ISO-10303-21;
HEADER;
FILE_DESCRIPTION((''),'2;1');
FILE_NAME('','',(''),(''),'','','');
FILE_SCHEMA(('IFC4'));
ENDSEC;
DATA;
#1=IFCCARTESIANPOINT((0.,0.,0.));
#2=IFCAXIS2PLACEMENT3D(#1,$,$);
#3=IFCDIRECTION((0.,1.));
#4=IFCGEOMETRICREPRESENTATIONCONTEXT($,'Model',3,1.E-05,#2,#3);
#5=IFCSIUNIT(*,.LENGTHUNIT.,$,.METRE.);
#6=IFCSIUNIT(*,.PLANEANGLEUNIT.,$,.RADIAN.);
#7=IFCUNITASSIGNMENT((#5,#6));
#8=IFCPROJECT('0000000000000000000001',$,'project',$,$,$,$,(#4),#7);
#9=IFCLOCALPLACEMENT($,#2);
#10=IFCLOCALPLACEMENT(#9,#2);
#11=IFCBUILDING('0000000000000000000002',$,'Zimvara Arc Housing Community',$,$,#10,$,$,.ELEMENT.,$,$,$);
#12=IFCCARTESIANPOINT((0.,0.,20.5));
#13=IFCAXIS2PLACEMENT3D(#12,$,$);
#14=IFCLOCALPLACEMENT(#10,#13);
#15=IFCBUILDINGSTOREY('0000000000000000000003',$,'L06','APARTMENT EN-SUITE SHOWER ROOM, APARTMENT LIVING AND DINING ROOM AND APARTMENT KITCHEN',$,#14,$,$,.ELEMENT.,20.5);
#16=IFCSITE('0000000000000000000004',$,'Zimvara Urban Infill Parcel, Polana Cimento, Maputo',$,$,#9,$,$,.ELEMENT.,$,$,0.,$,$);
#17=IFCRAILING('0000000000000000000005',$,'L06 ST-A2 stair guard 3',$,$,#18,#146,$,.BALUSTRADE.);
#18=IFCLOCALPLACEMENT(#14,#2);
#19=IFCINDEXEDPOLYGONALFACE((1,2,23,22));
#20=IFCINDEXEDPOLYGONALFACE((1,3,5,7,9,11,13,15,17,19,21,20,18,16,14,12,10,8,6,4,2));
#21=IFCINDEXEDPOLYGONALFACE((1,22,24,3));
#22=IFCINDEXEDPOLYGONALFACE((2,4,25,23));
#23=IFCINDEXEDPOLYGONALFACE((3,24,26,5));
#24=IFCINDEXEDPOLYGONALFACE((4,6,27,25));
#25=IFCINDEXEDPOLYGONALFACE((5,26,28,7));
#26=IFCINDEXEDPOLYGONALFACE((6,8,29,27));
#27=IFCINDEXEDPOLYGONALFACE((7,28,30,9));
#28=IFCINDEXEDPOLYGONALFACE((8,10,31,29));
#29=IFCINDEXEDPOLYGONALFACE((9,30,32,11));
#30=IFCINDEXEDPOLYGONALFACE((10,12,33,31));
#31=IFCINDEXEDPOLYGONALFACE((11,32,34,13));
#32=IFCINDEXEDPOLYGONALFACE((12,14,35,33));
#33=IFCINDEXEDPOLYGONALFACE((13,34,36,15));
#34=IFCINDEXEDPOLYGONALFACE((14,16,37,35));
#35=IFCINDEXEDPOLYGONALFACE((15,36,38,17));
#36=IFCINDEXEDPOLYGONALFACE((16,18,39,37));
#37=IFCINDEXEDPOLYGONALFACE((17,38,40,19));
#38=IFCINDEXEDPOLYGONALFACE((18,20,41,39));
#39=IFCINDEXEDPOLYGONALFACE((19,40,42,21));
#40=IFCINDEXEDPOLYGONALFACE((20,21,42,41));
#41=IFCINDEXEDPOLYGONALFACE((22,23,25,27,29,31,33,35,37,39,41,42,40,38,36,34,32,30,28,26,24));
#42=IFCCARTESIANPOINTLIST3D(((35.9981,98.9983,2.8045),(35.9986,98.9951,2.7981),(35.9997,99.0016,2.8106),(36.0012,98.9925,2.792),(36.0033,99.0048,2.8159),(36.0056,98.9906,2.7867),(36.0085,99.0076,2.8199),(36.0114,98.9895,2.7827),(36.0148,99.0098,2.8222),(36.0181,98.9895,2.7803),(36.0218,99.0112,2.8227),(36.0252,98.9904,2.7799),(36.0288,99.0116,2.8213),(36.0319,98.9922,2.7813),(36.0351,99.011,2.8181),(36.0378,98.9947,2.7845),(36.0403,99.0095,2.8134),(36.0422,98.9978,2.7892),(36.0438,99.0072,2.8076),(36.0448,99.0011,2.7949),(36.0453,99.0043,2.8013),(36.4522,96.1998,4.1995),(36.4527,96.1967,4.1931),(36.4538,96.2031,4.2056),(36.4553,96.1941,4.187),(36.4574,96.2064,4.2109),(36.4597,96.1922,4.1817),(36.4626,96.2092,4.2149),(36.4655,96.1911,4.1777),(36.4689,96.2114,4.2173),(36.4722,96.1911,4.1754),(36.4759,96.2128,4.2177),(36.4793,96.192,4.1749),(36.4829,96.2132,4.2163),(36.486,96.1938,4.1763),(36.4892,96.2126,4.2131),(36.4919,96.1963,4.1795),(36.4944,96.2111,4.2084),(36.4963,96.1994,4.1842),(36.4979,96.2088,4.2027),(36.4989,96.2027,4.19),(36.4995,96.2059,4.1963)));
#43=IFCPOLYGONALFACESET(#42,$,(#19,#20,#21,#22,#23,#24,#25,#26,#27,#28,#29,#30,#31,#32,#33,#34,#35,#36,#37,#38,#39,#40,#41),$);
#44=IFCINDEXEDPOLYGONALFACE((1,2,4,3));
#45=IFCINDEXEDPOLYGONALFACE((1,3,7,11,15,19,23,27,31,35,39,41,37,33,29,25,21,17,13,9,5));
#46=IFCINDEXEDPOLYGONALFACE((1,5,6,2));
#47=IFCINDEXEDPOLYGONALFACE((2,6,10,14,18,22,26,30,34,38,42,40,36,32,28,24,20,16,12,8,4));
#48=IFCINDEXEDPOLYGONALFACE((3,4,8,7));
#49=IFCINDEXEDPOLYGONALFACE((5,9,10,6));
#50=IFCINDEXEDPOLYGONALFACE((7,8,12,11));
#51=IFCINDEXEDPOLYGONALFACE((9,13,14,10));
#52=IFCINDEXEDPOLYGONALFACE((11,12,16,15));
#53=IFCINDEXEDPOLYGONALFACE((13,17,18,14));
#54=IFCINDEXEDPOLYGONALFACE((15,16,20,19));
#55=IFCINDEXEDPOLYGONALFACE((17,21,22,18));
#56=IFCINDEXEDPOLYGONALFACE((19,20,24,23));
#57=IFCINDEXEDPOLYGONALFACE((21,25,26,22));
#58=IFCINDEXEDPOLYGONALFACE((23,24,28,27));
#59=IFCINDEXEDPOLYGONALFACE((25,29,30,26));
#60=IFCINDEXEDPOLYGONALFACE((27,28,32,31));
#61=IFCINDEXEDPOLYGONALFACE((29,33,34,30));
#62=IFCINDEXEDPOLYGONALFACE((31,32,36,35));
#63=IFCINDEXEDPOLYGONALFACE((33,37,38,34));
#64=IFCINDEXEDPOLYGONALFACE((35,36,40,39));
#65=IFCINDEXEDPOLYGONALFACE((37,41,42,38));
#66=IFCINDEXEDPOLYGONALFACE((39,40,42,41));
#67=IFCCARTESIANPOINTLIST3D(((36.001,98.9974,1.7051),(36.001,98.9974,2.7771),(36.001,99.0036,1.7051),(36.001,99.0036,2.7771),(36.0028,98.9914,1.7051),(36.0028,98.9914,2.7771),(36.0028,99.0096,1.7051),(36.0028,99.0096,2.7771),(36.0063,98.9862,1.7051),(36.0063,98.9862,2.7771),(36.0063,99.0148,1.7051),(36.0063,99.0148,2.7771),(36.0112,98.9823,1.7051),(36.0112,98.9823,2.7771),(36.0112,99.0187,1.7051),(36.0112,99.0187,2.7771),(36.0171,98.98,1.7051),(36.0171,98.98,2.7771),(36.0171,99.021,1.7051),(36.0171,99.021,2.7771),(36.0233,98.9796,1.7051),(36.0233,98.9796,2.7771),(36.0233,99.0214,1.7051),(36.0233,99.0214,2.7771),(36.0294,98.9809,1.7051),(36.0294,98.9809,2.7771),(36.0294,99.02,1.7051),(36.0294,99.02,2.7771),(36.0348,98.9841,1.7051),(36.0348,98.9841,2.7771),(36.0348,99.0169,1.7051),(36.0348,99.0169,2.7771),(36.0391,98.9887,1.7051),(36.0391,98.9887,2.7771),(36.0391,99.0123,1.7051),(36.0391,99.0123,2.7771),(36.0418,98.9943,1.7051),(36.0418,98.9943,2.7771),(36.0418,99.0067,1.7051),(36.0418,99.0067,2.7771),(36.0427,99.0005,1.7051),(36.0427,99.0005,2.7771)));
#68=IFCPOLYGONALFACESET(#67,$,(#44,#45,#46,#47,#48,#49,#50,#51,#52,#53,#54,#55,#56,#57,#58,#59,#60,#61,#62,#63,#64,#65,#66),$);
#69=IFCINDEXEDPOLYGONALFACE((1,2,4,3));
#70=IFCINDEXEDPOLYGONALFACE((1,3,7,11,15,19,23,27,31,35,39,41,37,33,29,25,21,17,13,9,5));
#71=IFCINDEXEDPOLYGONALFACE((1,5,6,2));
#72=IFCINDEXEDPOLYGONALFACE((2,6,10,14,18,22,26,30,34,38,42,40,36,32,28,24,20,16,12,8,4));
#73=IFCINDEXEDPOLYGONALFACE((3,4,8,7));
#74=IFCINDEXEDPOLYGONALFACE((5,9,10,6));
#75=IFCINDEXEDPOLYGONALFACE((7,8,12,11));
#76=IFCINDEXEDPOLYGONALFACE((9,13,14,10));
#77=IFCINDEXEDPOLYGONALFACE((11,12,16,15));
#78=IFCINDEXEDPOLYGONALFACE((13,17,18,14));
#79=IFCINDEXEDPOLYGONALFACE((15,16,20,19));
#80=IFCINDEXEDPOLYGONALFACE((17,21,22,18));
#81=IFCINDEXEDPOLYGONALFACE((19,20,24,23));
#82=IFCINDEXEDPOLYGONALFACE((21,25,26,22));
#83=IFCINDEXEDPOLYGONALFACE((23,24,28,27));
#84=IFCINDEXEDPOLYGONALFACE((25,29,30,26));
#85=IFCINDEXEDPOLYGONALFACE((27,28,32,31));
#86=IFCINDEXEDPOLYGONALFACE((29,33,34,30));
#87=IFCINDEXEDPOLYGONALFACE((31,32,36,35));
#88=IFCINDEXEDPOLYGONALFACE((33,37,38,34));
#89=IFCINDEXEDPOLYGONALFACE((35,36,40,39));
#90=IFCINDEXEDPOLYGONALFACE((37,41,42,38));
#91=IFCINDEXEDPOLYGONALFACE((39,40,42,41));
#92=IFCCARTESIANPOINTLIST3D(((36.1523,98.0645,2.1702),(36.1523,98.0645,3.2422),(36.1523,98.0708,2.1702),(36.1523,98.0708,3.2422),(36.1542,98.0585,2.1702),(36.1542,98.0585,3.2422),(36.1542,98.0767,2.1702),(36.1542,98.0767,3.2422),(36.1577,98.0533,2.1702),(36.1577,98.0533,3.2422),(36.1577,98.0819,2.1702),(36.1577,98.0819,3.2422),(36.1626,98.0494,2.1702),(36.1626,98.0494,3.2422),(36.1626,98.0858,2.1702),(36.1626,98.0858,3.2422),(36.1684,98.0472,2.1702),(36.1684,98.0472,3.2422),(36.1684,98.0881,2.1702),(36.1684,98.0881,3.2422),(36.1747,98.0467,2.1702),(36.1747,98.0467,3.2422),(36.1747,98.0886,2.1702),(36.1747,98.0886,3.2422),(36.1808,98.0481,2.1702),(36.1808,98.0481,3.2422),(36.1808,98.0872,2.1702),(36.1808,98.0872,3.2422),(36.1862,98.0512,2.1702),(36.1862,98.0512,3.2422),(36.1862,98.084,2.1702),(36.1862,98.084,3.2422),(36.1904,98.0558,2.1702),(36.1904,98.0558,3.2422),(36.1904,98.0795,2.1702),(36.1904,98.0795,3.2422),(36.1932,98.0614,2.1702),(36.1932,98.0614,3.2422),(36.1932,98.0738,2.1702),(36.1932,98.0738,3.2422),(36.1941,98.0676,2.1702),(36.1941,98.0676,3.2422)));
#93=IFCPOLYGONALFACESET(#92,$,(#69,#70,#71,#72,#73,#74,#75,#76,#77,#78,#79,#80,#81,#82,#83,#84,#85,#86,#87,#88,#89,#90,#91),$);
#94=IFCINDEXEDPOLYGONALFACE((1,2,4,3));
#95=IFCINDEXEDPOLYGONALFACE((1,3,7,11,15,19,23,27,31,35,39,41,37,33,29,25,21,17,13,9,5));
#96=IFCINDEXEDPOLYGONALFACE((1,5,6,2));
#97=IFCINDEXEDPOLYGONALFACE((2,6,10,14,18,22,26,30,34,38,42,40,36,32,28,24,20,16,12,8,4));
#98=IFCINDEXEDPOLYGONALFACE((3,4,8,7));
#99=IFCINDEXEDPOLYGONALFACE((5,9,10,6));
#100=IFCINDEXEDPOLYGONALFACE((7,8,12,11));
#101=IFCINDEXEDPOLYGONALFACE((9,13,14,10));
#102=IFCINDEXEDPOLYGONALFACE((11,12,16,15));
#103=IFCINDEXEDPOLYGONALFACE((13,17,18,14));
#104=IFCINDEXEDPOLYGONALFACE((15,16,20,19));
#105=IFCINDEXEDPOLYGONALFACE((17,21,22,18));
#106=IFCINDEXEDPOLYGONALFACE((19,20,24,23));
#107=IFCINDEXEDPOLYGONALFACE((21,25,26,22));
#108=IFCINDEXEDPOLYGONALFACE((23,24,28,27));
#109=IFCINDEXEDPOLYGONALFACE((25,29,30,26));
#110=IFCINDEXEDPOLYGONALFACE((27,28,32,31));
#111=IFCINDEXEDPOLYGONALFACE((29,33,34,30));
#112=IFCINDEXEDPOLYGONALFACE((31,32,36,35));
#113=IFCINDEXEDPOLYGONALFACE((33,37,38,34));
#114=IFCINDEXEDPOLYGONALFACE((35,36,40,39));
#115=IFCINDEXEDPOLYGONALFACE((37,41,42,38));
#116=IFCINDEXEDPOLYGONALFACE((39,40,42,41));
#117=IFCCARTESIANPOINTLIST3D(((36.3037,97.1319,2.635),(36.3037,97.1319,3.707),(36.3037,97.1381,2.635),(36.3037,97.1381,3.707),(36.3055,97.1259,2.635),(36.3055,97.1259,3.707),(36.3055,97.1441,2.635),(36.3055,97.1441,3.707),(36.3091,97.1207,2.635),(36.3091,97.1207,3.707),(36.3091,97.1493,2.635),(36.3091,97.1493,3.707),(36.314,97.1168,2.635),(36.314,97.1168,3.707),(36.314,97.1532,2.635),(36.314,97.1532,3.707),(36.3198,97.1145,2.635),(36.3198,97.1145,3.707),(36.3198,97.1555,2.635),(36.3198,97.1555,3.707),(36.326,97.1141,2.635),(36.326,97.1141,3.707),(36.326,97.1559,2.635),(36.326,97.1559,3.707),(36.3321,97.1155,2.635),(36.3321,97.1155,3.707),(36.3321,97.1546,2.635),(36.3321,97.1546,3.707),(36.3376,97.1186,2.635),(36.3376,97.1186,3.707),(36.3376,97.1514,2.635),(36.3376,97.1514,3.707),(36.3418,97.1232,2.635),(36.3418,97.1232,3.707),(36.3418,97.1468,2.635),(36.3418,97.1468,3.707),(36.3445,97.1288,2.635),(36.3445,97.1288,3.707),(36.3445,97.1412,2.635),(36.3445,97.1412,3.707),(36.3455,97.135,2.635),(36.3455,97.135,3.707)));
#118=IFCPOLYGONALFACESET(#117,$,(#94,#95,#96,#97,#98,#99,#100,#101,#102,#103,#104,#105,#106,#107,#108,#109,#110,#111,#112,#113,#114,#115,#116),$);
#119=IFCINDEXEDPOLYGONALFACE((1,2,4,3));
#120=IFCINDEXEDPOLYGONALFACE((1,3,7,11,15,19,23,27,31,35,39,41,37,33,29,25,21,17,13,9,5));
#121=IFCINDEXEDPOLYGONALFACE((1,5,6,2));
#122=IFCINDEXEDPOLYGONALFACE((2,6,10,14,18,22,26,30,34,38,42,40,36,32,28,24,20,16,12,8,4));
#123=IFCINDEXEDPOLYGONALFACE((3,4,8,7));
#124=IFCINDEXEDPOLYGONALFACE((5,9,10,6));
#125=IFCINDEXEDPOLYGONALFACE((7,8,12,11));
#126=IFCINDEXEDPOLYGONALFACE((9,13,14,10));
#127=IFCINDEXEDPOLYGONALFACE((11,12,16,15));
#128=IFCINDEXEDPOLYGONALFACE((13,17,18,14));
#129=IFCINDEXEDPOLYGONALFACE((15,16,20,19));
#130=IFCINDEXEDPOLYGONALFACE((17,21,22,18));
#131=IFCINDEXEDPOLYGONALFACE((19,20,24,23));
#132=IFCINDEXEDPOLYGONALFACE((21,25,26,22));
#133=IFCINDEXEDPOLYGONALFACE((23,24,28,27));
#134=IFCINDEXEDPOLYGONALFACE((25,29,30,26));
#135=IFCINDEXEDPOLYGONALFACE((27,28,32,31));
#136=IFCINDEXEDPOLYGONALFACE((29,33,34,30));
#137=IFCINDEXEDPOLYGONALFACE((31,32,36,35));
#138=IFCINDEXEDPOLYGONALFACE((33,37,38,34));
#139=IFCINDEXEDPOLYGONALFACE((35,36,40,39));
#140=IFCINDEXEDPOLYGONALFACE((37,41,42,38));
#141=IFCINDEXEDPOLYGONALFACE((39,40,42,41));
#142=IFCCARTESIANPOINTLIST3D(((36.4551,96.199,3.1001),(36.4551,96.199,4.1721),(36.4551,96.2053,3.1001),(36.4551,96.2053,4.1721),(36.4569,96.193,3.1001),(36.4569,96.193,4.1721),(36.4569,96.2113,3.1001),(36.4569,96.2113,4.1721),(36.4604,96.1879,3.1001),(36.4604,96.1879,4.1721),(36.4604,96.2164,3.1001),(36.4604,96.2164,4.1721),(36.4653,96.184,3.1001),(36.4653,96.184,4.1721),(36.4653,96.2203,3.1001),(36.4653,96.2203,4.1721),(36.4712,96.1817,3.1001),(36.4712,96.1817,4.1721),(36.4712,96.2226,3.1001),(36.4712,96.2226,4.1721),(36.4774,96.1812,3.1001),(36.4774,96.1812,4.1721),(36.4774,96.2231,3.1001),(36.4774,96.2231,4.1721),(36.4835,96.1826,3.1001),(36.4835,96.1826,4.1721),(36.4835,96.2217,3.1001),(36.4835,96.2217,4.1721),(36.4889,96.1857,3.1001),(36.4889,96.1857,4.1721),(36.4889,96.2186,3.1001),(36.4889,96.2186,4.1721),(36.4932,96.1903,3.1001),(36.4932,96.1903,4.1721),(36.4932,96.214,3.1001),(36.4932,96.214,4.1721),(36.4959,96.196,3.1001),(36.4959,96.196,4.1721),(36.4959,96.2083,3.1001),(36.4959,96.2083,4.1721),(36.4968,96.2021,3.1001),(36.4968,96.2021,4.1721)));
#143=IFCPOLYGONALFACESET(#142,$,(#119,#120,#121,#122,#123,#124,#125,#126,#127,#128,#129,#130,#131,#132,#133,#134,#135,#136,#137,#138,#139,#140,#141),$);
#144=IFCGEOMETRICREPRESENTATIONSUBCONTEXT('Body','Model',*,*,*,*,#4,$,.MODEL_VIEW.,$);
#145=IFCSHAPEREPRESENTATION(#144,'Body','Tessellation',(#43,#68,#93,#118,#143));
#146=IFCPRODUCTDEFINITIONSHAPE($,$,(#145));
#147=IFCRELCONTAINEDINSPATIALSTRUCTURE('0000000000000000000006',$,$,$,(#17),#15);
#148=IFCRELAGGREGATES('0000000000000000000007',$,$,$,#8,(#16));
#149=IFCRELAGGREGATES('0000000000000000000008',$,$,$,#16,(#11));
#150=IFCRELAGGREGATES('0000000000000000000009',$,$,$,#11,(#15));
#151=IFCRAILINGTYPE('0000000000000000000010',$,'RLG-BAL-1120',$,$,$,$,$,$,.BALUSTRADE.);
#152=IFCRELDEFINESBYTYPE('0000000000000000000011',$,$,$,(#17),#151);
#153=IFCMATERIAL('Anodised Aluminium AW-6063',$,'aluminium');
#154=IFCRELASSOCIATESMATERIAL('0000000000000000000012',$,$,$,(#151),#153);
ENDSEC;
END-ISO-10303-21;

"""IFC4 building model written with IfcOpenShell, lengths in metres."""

from ifc_helpers import new_model, si_unit, direction, frame, origin, origin_2d, place, context, subcontext, project, spatial, circle, extrude, material, type_object, element, save


model = new_model("IFC4")

# Units and contexts
model_context = context("Model", 3, precision=1e-05, world=origin(), true_north=direction((0.0, 1.0)))
body_context = subcontext(model_context, "Body", "Model", "MODEL_VIEW")
ifc_project = project(units=[si_unit("LENGTHUNIT", "METRE"), si_unit("PLANEANGLEUNIT", "RADIAN")], contexts=[model_context])

# Site, building, storey
site_placement = place(None, origin())
site = spatial("IfcSite", under=ifc_project, at=site_placement, Name="Zimvara Urban Infill Parcel, Polana Cimento, Maputo", CompositionType="ELEMENT", RefElevation=0.0)
building_placement = place(site_placement, origin())
building = spatial("IfcBuilding", under=site, at=building_placement, Name="Zimvara Arc Housing Community", CompositionType="ELEMENT")
storey_placement = place(building_placement, frame((0.0, 0.0, 20.5)))
storey = spatial("IfcBuildingStorey", under=building, at=storey_placement, Name="L06", Description="APARTMENT EN-SUITE SHOWER ROOM, APARTMENT LIVING AND DINING ROOM AND APARTMENT KITCHEN", CompositionType="ELEMENT", Elevation=20.5)

# Railing
ifc_material_1 = material(Name="Anodised Aluminium AW-6063", Category="aluminium")
railing_type = type_object("IfcRailingType", Name="RLG-BAL-1120", PredefinedType="BALUSTRADE", material=ifc_material_1)
railing_1_placement = place(storey_placement, frame((36.0217, 99.0005, 1.7051)))
element("IfcRailing", 1, at=railing_1_placement, inside=storey, type_object=railing_type, Name="L06 ST-A2 stair guard 3", PredefinedType="BALUSTRADE", context=body_context, shape_type="SweptSolid", body=[
    extrude(circle(Radius=0.0239, at=origin_2d()), frame((0.0, 0.0, 1.0962), z_axis=(0.143722, -0.885666, 0.44152), x_axis=(0.987088, 0.16018, 0.0)), (0.0, 0.0, 1.0), 3.1597),
    extrude(circle(Radius=0.021, at=origin_2d()), origin(), (0.0, 0.0, 1.0), 1.072),
    extrude(circle(Radius=0.021, at=origin_2d()), frame((0.1514, -0.9329, 0.4651)), (0.0, 0.0, 1.0), 1.072),
    extrude(circle(Radius=0.021, at=origin_2d()), frame((0.3027, -1.8655, 0.9299)), (0.0, 0.0, 1.0), 1.072),
    extrude(circle(Radius=0.021, at=origin_2d()), frame((0.4541, -2.7983, 1.395)), (0.0, 0.0, 1.0), 1.072),
])

save(model, "model.ifc")
